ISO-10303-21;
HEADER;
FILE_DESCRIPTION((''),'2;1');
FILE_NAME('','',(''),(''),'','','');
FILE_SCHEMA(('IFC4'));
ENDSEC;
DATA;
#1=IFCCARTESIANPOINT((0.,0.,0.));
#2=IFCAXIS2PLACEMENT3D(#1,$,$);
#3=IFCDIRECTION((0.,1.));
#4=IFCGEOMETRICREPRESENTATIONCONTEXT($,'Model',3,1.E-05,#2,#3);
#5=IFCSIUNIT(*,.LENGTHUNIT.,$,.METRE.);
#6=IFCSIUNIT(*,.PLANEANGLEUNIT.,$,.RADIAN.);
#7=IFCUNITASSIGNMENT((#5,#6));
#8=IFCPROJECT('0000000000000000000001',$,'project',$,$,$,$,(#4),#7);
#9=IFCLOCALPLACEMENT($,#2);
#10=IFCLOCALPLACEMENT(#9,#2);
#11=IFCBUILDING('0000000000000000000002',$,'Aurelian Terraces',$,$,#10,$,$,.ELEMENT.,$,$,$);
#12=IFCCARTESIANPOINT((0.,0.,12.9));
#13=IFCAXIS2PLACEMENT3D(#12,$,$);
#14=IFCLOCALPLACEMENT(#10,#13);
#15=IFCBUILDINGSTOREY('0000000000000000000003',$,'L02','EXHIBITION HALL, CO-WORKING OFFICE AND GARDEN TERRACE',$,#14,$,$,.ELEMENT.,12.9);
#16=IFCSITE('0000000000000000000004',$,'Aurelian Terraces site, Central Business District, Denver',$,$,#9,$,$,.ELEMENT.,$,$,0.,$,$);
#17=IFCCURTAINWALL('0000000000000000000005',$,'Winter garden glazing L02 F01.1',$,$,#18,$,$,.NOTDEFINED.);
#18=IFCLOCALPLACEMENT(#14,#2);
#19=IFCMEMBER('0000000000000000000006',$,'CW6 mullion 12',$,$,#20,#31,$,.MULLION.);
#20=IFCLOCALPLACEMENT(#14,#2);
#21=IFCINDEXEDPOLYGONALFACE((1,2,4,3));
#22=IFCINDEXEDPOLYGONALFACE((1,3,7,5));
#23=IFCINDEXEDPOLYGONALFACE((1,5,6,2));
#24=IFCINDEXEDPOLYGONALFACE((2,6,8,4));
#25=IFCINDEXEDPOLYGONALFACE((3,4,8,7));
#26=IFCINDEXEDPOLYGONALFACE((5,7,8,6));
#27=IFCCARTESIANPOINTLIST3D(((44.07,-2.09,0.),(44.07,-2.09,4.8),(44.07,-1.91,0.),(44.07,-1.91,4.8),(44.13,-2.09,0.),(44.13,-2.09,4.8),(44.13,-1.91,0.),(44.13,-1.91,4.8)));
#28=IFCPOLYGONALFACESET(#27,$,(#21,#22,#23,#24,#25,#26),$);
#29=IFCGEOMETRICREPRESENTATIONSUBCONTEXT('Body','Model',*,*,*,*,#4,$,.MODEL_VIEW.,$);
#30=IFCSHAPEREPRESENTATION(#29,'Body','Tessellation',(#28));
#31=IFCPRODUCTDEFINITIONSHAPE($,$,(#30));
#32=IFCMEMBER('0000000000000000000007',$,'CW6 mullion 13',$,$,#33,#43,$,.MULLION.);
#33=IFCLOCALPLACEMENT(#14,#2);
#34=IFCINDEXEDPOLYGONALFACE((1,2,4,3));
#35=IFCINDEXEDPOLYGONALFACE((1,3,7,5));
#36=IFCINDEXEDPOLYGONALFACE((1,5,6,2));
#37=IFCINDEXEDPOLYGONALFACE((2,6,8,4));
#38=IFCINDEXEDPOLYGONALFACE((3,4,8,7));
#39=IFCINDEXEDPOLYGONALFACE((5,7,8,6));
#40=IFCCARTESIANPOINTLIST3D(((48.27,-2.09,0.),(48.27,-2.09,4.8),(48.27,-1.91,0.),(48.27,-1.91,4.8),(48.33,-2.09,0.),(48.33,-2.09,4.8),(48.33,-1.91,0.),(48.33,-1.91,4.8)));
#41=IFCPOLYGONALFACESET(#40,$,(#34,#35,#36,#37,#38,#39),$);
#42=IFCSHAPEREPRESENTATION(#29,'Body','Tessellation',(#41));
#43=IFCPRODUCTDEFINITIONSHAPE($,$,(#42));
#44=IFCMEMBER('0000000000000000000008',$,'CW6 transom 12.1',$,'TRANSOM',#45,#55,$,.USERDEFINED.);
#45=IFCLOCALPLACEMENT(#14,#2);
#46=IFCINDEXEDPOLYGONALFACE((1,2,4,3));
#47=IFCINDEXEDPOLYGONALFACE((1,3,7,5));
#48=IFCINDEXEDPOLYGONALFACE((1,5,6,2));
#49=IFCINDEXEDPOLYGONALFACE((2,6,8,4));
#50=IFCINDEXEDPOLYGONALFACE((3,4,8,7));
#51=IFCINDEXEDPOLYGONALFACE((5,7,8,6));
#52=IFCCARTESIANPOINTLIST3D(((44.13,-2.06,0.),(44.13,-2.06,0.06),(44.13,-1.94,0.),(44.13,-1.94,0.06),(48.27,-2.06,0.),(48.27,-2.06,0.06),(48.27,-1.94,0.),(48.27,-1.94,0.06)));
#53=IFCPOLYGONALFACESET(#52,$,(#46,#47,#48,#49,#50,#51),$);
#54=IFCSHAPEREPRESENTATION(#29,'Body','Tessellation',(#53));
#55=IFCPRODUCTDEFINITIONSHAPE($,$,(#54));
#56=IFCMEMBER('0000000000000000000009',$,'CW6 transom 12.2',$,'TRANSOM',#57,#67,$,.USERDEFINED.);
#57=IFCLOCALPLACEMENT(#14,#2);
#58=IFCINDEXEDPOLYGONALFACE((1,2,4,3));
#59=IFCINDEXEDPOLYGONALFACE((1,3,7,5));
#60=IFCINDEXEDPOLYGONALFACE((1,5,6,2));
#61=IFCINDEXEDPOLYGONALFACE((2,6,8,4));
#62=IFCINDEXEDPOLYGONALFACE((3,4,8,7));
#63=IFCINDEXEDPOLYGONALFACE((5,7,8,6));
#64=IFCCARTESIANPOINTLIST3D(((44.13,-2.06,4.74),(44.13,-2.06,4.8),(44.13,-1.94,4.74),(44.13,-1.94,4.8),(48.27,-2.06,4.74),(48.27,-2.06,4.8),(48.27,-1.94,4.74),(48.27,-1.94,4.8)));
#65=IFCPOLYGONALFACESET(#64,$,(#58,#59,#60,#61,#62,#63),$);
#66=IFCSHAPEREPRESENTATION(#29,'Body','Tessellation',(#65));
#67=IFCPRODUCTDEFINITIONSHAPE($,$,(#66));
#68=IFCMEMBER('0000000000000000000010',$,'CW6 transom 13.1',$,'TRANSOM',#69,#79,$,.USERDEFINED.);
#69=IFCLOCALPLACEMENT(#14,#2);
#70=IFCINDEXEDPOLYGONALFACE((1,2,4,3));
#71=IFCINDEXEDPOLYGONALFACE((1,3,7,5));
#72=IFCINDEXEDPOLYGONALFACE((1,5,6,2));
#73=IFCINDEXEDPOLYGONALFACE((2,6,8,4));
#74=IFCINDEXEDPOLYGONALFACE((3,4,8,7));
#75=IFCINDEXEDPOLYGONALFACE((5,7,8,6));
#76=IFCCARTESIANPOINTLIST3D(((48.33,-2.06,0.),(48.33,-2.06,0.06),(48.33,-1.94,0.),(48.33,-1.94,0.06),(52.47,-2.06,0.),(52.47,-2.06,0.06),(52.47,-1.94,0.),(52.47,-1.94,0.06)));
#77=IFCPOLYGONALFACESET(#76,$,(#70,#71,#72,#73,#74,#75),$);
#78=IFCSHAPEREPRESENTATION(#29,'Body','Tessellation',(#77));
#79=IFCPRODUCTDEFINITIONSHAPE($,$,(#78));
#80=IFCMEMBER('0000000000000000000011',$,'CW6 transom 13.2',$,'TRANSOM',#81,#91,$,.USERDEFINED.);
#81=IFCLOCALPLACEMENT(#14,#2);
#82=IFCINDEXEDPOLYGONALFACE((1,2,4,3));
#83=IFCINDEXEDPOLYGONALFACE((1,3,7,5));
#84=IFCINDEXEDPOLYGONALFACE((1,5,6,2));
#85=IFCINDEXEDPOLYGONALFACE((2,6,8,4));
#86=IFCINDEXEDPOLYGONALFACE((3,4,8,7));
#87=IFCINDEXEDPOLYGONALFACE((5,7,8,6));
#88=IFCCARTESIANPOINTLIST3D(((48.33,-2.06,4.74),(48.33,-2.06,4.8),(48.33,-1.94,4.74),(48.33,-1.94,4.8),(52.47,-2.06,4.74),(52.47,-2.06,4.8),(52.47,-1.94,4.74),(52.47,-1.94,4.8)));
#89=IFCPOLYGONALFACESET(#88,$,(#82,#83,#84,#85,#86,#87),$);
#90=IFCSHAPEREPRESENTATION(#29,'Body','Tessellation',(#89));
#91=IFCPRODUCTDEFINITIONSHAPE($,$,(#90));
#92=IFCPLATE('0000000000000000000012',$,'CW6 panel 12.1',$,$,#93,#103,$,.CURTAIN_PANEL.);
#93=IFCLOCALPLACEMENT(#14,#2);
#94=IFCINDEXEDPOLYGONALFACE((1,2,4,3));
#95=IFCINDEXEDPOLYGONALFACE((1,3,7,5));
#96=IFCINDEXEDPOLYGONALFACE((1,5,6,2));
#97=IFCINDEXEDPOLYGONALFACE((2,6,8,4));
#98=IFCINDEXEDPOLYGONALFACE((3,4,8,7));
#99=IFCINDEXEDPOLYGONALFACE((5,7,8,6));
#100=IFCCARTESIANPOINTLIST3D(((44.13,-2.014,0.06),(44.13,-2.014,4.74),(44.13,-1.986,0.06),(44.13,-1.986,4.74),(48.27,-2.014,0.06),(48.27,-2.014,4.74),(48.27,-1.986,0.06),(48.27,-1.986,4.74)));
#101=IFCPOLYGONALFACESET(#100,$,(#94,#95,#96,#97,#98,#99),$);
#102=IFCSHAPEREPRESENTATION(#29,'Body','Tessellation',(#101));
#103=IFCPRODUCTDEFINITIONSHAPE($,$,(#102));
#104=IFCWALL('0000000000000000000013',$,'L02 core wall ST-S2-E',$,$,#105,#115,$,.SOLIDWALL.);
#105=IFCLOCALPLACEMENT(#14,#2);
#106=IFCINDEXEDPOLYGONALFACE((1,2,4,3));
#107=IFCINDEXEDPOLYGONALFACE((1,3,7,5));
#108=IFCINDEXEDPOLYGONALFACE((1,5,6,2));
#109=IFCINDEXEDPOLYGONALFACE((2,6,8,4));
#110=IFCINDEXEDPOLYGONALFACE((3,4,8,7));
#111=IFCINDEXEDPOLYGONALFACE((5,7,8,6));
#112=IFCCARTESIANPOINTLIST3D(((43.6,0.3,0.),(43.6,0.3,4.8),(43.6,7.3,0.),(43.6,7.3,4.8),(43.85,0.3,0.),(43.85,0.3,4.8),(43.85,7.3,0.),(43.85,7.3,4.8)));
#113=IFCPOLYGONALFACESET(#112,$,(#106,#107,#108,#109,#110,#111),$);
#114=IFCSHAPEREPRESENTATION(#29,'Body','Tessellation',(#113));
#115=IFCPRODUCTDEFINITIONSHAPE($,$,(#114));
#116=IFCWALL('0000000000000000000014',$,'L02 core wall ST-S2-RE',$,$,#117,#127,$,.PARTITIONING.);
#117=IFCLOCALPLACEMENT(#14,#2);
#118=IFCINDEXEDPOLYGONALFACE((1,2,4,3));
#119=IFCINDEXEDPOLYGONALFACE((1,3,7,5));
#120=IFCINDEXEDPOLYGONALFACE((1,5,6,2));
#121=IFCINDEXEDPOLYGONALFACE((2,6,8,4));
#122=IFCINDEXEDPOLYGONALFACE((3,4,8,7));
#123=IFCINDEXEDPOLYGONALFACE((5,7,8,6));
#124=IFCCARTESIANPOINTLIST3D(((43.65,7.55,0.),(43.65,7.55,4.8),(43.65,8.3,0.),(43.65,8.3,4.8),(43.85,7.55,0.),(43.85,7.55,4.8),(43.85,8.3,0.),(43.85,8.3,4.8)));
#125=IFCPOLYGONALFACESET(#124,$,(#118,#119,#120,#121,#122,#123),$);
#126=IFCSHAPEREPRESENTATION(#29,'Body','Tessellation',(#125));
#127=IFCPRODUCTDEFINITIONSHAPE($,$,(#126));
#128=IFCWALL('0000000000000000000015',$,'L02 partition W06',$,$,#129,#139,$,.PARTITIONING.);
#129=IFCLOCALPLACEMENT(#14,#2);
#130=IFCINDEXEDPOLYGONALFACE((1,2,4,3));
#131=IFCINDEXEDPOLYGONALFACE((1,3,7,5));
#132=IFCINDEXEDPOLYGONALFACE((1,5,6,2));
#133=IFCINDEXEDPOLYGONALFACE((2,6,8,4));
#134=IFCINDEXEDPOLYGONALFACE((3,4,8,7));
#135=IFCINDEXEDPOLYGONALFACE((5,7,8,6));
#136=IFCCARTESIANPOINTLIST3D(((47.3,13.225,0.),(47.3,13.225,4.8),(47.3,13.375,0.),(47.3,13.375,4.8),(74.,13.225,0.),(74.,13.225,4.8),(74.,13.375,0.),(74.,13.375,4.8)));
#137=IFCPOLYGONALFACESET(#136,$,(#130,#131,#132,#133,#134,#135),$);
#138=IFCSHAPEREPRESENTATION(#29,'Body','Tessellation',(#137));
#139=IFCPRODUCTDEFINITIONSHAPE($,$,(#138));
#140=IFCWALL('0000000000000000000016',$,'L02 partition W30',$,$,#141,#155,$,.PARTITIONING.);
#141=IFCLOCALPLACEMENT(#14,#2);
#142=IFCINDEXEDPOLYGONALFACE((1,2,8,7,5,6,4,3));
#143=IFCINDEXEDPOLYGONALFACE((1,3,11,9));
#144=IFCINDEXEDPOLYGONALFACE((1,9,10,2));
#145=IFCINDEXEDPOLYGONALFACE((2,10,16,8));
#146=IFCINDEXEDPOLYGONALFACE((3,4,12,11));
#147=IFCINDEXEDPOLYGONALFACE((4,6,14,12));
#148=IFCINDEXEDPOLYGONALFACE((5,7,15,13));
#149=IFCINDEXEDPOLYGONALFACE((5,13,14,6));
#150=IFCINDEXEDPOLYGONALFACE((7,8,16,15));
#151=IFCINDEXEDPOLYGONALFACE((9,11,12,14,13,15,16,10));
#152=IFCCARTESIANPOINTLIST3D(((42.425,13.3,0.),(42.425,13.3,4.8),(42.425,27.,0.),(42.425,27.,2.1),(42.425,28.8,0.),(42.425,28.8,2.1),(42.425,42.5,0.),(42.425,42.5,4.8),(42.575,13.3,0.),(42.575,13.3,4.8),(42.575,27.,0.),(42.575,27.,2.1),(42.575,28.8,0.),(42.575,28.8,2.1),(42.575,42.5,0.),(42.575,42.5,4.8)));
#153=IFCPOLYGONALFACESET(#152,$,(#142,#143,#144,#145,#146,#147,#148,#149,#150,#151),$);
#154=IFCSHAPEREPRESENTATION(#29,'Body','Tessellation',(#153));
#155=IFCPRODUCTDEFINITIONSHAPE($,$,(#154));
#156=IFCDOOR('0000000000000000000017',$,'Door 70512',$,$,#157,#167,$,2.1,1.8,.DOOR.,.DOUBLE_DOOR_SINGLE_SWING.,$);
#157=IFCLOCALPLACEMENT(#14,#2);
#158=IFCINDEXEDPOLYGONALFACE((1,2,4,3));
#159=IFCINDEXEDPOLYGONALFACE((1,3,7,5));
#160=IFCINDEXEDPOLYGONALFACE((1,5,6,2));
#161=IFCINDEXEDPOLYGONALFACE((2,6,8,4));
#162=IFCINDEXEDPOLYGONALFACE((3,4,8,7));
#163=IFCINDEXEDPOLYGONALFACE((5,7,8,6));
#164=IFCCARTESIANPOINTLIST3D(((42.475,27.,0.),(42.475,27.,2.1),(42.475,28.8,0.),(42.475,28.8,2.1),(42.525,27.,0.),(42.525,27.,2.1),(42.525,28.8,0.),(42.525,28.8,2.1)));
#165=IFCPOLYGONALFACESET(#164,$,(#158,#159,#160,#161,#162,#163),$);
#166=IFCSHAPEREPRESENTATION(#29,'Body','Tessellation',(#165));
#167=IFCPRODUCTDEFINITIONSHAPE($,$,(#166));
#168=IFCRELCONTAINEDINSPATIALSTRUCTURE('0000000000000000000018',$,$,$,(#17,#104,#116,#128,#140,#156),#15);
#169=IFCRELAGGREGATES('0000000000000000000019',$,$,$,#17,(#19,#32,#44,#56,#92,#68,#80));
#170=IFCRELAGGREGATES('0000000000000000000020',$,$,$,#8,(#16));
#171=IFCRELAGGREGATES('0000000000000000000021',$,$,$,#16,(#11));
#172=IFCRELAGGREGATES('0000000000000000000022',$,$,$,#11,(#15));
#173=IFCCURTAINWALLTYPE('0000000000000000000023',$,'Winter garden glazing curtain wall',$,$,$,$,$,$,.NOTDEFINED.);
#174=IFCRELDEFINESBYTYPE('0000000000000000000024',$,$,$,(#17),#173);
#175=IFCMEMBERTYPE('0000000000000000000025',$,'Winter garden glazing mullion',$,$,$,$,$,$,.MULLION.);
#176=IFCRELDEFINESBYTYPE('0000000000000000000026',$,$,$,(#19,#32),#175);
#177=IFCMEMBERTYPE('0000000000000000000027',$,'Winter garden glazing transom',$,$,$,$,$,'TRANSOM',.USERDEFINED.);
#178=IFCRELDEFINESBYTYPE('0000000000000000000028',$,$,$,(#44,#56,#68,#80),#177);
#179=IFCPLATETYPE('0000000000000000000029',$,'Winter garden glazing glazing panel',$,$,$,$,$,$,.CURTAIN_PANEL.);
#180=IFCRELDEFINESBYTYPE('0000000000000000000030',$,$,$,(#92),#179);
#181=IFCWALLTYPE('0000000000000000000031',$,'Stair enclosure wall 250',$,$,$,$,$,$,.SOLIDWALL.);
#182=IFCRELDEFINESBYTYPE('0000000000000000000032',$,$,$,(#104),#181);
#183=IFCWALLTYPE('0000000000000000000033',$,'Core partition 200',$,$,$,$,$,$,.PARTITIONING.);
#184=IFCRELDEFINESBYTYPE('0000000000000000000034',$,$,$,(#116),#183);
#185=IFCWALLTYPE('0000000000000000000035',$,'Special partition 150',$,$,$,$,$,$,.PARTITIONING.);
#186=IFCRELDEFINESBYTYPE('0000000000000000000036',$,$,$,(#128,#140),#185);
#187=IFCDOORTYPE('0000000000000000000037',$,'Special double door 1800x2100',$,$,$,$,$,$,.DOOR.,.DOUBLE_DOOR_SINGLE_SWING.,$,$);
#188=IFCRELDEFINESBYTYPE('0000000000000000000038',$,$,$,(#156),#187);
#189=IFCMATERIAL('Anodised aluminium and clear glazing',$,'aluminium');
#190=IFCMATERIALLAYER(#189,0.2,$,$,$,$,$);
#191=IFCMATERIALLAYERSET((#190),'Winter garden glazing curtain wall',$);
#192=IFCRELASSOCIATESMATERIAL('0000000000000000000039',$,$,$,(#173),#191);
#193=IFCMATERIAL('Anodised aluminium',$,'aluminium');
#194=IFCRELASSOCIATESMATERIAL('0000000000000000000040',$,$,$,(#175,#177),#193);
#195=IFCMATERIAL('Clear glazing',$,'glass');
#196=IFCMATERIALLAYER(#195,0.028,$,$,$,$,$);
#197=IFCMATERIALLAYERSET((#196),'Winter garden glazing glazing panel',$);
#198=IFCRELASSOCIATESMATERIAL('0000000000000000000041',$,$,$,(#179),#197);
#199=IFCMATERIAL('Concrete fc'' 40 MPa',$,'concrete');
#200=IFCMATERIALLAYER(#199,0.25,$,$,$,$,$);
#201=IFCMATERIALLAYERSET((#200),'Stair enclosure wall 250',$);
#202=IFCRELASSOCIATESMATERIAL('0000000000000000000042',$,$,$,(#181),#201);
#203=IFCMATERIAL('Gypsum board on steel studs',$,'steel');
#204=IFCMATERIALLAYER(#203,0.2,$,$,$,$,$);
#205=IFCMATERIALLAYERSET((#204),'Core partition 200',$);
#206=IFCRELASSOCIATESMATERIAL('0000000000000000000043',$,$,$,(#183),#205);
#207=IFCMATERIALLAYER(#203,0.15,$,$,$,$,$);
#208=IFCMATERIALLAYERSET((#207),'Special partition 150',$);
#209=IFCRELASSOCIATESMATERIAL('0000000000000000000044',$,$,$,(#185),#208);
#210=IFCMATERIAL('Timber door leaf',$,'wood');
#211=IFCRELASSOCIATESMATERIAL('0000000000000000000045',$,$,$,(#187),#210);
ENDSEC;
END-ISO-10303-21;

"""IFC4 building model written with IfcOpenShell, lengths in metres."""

from ifc_helpers import new_model, si_unit, direction, frame, frame_2d, origin, origin_2d, place, context, subcontext, project, spatial, rectangle, extrude, source, transform, mapped, material, layer, layer_set, material_profile, profile_set, type_object, element, fill, aggregate, save


model = new_model("IFC4")

# Units and contexts
model_context = context("Model", 3, precision=1e-05, world=origin(), true_north=direction((0.0, 1.0)))
body_context = subcontext(model_context, "Body", "Model", "MODEL_VIEW")
ifc_project = project(units=[si_unit("LENGTHUNIT", "METRE"), si_unit("PLANEANGLEUNIT", "RADIAN")], contexts=[model_context])

# Site, building, storey
site_placement = place(None, origin())
site = spatial("IfcSite", under=ifc_project, at=site_placement, Name="Aurelian Terraces site, Central Business District, Denver", CompositionType="ELEMENT", RefElevation=0.0)
building_placement = place(site_placement, origin())
building = spatial("IfcBuilding", under=site, at=building_placement, Name="Aurelian Terraces", CompositionType="ELEMENT")
storey_placement = place(building_placement, frame((0.0, 0.0, 12.9)))
storey = spatial("IfcBuildingStorey", under=building, at=storey_placement, Name="L02", Description="EXHIBITION HALL, CO-WORKING OFFICE AND GARDEN TERRACE", CompositionType="ELEMENT", Elevation=12.9)

# Curtain wall, members, plate
ifc_material_1 = material(Name="Anodised aluminium and clear glazing", Category="aluminium")
ifc_layer_1 = layer(ifc_material_1, 0.2)
ifc_layer_set_1 = layer_set([ifc_layer_1], Name="Winter garden glazing curtain wall")
curtain_wall_type = type_object("IfcCurtainWallType", Name="Winter garden glazing curtain wall", PredefinedType="NOTDEFINED", material=ifc_layer_set_1)
curtain_wall_placement = place(storey_placement, origin())
curtain_wall = element("IfcCurtainWall", 1, at=curtain_wall_placement, inside=storey, type_object=curtain_wall_type, Name="Winter garden glazing L02 F01.1", PredefinedType="NOTDEFINED")
ifc_material_2 = material(Name="Anodised aluminium", Category="aluminium")
ifc_material_profile_1 = material_profile(ifc_material_2, rectangle(XDim=0.18, YDim=0.06, at=origin_2d()))
ifc_profile_set_1 = profile_set([ifc_material_profile_1], Name="Anodised aluminium")
member_type_1 = type_object("IfcMemberType", Name="Winter garden glazing mullion", PredefinedType="MULLION", material=ifc_profile_set_1)
shared_shape_1 = source(origin(), body_context, "Body", "SweptSolid", [
    extrude(rectangle(XDim=0.18, YDim=0.06, at=origin_2d()), origin(), (0.0, 0.0, 1.0), 4.8),
])
member_1_placement = place(storey_placement, frame((44.1, -2.0, 0.0), z_axis=(0.0, 0.0, 1.0), x_axis=(0.0, 1.0, 0.0)))
member_1 = element("IfcMember", 2, at=member_1_placement, type_object=member_type_1, Name="CW6 mullion 12", PredefinedType="MULLION", context=body_context, shape_type="MappedRepresentation", body=[
    mapped(shared_shape_1, transform((0.0, 0.0, 0.0), scale=1.0)),
])
member_2_placement = place(storey_placement, frame((48.3, -2.0, 0.0), z_axis=(0.0, 0.0, 1.0), x_axis=(0.0, 1.0, 0.0)))
member_2 = element("IfcMember", 3, at=member_2_placement, type_object=member_type_1, Name="CW6 mullion 13", PredefinedType="MULLION", context=body_context, shape_type="MappedRepresentation", body=[
    mapped(shared_shape_1, transform((0.0, 0.0, 0.0), scale=1.0)),
])
ifc_material_profile_2 = material_profile(ifc_material_2, rectangle(XDim=0.12, YDim=0.06, at=origin_2d()))
ifc_profile_set_2 = profile_set([ifc_material_profile_2], Name="Anodised aluminium")
member_type_2 = type_object("IfcMemberType", Name="Winter garden glazing transom", ElementType="TRANSOM", PredefinedType="USERDEFINED", material=ifc_profile_set_2)
shared_shape_2 = source(origin(), body_context, "Body", "SweptSolid", [
    extrude(rectangle(XDim=0.12, YDim=0.06, at=origin_2d()), origin(), (0.0, 0.0, 1.0), 4.14),
])
member_3_placement = place(storey_placement, frame((44.13, -2.0, 0.03), z_axis=(1.0, 0.0, 0.0), x_axis=(0.0, 1.0, 0.0)))
member_3 = element("IfcMember", 4, at=member_3_placement, type_object=member_type_2, Name="CW6 transom 12.1", ObjectType="TRANSOM", PredefinedType="USERDEFINED", context=body_context, shape_type="MappedRepresentation", body=[
    mapped(shared_shape_2, transform((0.0, 0.0, 0.0), scale=1.0)),
])
member_4_placement = place(storey_placement, frame((44.13, -2.0, 4.77), z_axis=(1.0, 0.0, 0.0), x_axis=(0.0, 1.0, 0.0)))
member_4 = element("IfcMember", 5, at=member_4_placement, type_object=member_type_2, Name="CW6 transom 12.2", ObjectType="TRANSOM", PredefinedType="USERDEFINED", context=body_context, shape_type="MappedRepresentation", body=[
    mapped(shared_shape_2, transform((0.0, 0.0, 0.0), scale=1.0)),
])
member_5_placement = place(storey_placement, frame((48.33, -2.0, 0.03), z_axis=(1.0, 0.0, 0.0), x_axis=(0.0, 1.0, 0.0)))
member_5 = element("IfcMember", 6, at=member_5_placement, type_object=member_type_2, Name="CW6 transom 13.1", ObjectType="TRANSOM", PredefinedType="USERDEFINED", context=body_context, shape_type="MappedRepresentation", body=[
    mapped(shared_shape_2, transform((0.0, 0.0, 0.0), scale=1.0)),
])
member_6_placement = place(storey_placement, frame((48.33, -2.0, 4.77), z_axis=(1.0, 0.0, 0.0), x_axis=(0.0, 1.0, 0.0)))
member_6 = element("IfcMember", 7, at=member_6_placement, type_object=member_type_2, Name="CW6 transom 13.2", ObjectType="TRANSOM", PredefinedType="USERDEFINED", context=body_context, shape_type="MappedRepresentation", body=[
    mapped(shared_shape_2, transform((0.0, 0.0, 0.0), scale=1.0)),
])
ifc_material_3 = material(Name="Clear glazing", Category="glass")
ifc_layer_2 = layer(ifc_material_3, 0.028)
ifc_layer_set_2 = layer_set([ifc_layer_2], Name="Winter garden glazing glazing panel")
plate_type = type_object("IfcPlateType", Name="Winter garden glazing glazing panel", PredefinedType="CURTAIN_PANEL", material=ifc_layer_set_2)
shared_shape_3 = source(origin(), body_context, "Body", "SweptSolid", [
    extrude(rectangle(XDim=4.14, YDim=0.028, at=origin_2d()), origin(), (0.0, 0.0, 1.0), 4.68),
])
plate_placement = place(storey_placement, frame((46.2, -2.0, 0.06), z_axis=(0.0, 0.0, 1.0), x_axis=(1.0, 0.0, 0.0)))
plate = element("IfcPlate", 8, at=plate_placement, type_object=plate_type, Name="CW6 panel 12.1", PredefinedType="CURTAIN_PANEL", context=body_context, shape_type="MappedRepresentation", body=[
    mapped(shared_shape_3, transform((0.0, 0.0, 0.0), scale=1.0)),
])
aggregate(curtain_wall, [member_1, member_2, member_3, member_4, plate, member_5, member_6])

# Walls
ifc_material_4 = material(Name="Concrete fc' 40 MPa", Category="concrete")
ifc_layer_3 = layer(ifc_material_4, 0.25)
ifc_layer_set_3 = layer_set([ifc_layer_3], Name="Stair enclosure wall 250")
wall_type_1 = type_object("IfcWallType", Name="Stair enclosure wall 250", PredefinedType="SOLIDWALL", material=ifc_layer_set_3)
shared_shape_4 = source(origin(), body_context, "Body", "SweptSolid", [
    extrude(rectangle(XDim=7.0, YDim=0.25, at=frame_2d((3.5, 0.0))), origin(), (0.0, 0.0, 1.0), 4.8),
])
wall_1_placement = place(storey_placement, frame((43.725, 0.3, 0.0), z_axis=(0.0, 0.0, 1.0), x_axis=(0.0, 1.0, 0.0)))
element("IfcWall", 9, at=wall_1_placement, inside=storey, type_object=wall_type_1, Name="L02 core wall ST-S2-E", PredefinedType="SOLIDWALL", context=body_context, shape_type="MappedRepresentation", body=[
    mapped(shared_shape_4, transform((0.0, 0.0, 0.0), scale=1.0)),
])
ifc_material_5 = material(Name="Gypsum board on steel studs", Category="steel")
ifc_layer_4 = layer(ifc_material_5, 0.2)
ifc_layer_set_4 = layer_set([ifc_layer_4], Name="Core partition 200")
wall_type_2 = type_object("IfcWallType", Name="Core partition 200", PredefinedType="PARTITIONING", material=ifc_layer_set_4)
shared_shape_5 = source(origin(), body_context, "Body", "SweptSolid", [
    extrude(rectangle(XDim=0.75, YDim=0.2, at=frame_2d((0.375, 0.0))), origin(), (0.0, 0.0, 1.0), 4.8),
])
wall_2_placement = place(storey_placement, frame((43.75, 7.55, 0.0), z_axis=(0.0, 0.0, 1.0), x_axis=(0.0, 1.0, 0.0)))
element("IfcWall", 10, at=wall_2_placement, inside=storey, type_object=wall_type_2, Name="L02 core wall ST-S2-RE", PredefinedType="PARTITIONING", context=body_context, shape_type="MappedRepresentation", body=[
    mapped(shared_shape_5, transform((0.0, 0.0, 0.0), scale=1.0)),
])
ifc_layer_5 = layer(ifc_material_5, 0.15)
ifc_layer_set_5 = layer_set([ifc_layer_5], Name="Special partition 150")
wall_type_3 = type_object("IfcWallType", Name="Special partition 150", PredefinedType="PARTITIONING", material=ifc_layer_set_5)
shared_shape_6 = source(origin(), body_context, "Body", "SweptSolid", [
    extrude(rectangle(XDim=26.7, YDim=0.15, at=frame_2d((13.35, 0.0))), origin(), (0.0, 0.0, 1.0), 4.8),
])
wall_3_placement = place(storey_placement, frame((47.3, 13.3, 0.0), z_axis=(0.0, 0.0, 1.0), x_axis=(1.0, 0.0, 0.0)))
element("IfcWall", 11, at=wall_3_placement, inside=storey, type_object=wall_type_3, Name="L02 partition W06", PredefinedType="PARTITIONING", context=body_context, shape_type="MappedRepresentation", body=[
    mapped(shared_shape_6, transform((0.0, 0.0, 0.0), scale=1.0)),
])

# Wall, opening, door
shared_shape_7 = source(origin(), body_context, "Body", "SweptSolid", [
    extrude(rectangle(XDim=29.2, YDim=0.15, at=frame_2d((14.6, 0.0))), origin(), (0.0, 0.0, 1.0), 4.8),
])
wall_4_placement = place(storey_placement, frame((42.5, 13.3, 0.0), z_axis=(0.0, 0.0, 1.0), x_axis=(0.0, 1.0, 0.0)))
wall_4 = element("IfcWall", 12, at=wall_4_placement, inside=storey, type_object=wall_type_3, Name="L02 partition W30", PredefinedType="PARTITIONING", context=body_context, shape_type="MappedRepresentation", body=[
    mapped(shared_shape_7, transform((0.0, 0.0, 0.0), scale=1.0)),
])
shared_shape_8 = source(origin(), body_context, "Body", "SweptSolid", [
    extrude(rectangle(XDim=1.8, YDim=2.1, at=frame_2d((0.9, 1.05))), frame((0.0, 0.085, 0.0), z_axis=(0.0, -1.0, 0.0), x_axis=(1.0, 0.0, 0.0)), (0.0, 0.0, 1.0), 0.17),
])
opening_placement = place(wall_4_placement, frame((13.7, 0.0, 0.0)))
opening = element("IfcOpeningElement", 13, at=opening_placement, cuts=wall_4, PredefinedType="OPENING", context=body_context, shape_type="MappedRepresentation", body=[
    mapped(shared_shape_8, transform((0.0, 0.0, 0.0), scale=1.0)),
])
ifc_material_6 = material(Name="Timber door leaf", Category="wood")
door_type = type_object("IfcDoorType", Name="Special double door 1800x2100", OperationType="DOUBLE_DOOR_SINGLE_SWING", PredefinedType="DOOR", material=ifc_material_6)
shared_shape_9 = source(origin(), body_context, "Body", "SweptSolid", [
    extrude(rectangle(XDim=1.8, YDim=2.1, at=frame_2d((0.9, 1.05))), frame((0.0, 0.025, 0.0), z_axis=(0.0, -1.0, 0.0), x_axis=(1.0, 0.0, 0.0)), (0.0, 0.0, 1.0), 0.05),
])
door_placement = place(opening_placement, origin())
door = element("IfcDoor", 14, at=door_placement, inside=storey, type_object=door_type, Name="Door 70512", OperationType="DOUBLE_DOOR_SINGLE_SWING", OverallHeight=2.1, OverallWidth=1.8, PredefinedType="DOOR", context=body_context, shape_type="MappedRepresentation", body=[
    mapped(shared_shape_9, transform((0.0, 0.0, 0.0), scale=1.0)),
])
fill(opening, door)

save(model, "model.ifc")
